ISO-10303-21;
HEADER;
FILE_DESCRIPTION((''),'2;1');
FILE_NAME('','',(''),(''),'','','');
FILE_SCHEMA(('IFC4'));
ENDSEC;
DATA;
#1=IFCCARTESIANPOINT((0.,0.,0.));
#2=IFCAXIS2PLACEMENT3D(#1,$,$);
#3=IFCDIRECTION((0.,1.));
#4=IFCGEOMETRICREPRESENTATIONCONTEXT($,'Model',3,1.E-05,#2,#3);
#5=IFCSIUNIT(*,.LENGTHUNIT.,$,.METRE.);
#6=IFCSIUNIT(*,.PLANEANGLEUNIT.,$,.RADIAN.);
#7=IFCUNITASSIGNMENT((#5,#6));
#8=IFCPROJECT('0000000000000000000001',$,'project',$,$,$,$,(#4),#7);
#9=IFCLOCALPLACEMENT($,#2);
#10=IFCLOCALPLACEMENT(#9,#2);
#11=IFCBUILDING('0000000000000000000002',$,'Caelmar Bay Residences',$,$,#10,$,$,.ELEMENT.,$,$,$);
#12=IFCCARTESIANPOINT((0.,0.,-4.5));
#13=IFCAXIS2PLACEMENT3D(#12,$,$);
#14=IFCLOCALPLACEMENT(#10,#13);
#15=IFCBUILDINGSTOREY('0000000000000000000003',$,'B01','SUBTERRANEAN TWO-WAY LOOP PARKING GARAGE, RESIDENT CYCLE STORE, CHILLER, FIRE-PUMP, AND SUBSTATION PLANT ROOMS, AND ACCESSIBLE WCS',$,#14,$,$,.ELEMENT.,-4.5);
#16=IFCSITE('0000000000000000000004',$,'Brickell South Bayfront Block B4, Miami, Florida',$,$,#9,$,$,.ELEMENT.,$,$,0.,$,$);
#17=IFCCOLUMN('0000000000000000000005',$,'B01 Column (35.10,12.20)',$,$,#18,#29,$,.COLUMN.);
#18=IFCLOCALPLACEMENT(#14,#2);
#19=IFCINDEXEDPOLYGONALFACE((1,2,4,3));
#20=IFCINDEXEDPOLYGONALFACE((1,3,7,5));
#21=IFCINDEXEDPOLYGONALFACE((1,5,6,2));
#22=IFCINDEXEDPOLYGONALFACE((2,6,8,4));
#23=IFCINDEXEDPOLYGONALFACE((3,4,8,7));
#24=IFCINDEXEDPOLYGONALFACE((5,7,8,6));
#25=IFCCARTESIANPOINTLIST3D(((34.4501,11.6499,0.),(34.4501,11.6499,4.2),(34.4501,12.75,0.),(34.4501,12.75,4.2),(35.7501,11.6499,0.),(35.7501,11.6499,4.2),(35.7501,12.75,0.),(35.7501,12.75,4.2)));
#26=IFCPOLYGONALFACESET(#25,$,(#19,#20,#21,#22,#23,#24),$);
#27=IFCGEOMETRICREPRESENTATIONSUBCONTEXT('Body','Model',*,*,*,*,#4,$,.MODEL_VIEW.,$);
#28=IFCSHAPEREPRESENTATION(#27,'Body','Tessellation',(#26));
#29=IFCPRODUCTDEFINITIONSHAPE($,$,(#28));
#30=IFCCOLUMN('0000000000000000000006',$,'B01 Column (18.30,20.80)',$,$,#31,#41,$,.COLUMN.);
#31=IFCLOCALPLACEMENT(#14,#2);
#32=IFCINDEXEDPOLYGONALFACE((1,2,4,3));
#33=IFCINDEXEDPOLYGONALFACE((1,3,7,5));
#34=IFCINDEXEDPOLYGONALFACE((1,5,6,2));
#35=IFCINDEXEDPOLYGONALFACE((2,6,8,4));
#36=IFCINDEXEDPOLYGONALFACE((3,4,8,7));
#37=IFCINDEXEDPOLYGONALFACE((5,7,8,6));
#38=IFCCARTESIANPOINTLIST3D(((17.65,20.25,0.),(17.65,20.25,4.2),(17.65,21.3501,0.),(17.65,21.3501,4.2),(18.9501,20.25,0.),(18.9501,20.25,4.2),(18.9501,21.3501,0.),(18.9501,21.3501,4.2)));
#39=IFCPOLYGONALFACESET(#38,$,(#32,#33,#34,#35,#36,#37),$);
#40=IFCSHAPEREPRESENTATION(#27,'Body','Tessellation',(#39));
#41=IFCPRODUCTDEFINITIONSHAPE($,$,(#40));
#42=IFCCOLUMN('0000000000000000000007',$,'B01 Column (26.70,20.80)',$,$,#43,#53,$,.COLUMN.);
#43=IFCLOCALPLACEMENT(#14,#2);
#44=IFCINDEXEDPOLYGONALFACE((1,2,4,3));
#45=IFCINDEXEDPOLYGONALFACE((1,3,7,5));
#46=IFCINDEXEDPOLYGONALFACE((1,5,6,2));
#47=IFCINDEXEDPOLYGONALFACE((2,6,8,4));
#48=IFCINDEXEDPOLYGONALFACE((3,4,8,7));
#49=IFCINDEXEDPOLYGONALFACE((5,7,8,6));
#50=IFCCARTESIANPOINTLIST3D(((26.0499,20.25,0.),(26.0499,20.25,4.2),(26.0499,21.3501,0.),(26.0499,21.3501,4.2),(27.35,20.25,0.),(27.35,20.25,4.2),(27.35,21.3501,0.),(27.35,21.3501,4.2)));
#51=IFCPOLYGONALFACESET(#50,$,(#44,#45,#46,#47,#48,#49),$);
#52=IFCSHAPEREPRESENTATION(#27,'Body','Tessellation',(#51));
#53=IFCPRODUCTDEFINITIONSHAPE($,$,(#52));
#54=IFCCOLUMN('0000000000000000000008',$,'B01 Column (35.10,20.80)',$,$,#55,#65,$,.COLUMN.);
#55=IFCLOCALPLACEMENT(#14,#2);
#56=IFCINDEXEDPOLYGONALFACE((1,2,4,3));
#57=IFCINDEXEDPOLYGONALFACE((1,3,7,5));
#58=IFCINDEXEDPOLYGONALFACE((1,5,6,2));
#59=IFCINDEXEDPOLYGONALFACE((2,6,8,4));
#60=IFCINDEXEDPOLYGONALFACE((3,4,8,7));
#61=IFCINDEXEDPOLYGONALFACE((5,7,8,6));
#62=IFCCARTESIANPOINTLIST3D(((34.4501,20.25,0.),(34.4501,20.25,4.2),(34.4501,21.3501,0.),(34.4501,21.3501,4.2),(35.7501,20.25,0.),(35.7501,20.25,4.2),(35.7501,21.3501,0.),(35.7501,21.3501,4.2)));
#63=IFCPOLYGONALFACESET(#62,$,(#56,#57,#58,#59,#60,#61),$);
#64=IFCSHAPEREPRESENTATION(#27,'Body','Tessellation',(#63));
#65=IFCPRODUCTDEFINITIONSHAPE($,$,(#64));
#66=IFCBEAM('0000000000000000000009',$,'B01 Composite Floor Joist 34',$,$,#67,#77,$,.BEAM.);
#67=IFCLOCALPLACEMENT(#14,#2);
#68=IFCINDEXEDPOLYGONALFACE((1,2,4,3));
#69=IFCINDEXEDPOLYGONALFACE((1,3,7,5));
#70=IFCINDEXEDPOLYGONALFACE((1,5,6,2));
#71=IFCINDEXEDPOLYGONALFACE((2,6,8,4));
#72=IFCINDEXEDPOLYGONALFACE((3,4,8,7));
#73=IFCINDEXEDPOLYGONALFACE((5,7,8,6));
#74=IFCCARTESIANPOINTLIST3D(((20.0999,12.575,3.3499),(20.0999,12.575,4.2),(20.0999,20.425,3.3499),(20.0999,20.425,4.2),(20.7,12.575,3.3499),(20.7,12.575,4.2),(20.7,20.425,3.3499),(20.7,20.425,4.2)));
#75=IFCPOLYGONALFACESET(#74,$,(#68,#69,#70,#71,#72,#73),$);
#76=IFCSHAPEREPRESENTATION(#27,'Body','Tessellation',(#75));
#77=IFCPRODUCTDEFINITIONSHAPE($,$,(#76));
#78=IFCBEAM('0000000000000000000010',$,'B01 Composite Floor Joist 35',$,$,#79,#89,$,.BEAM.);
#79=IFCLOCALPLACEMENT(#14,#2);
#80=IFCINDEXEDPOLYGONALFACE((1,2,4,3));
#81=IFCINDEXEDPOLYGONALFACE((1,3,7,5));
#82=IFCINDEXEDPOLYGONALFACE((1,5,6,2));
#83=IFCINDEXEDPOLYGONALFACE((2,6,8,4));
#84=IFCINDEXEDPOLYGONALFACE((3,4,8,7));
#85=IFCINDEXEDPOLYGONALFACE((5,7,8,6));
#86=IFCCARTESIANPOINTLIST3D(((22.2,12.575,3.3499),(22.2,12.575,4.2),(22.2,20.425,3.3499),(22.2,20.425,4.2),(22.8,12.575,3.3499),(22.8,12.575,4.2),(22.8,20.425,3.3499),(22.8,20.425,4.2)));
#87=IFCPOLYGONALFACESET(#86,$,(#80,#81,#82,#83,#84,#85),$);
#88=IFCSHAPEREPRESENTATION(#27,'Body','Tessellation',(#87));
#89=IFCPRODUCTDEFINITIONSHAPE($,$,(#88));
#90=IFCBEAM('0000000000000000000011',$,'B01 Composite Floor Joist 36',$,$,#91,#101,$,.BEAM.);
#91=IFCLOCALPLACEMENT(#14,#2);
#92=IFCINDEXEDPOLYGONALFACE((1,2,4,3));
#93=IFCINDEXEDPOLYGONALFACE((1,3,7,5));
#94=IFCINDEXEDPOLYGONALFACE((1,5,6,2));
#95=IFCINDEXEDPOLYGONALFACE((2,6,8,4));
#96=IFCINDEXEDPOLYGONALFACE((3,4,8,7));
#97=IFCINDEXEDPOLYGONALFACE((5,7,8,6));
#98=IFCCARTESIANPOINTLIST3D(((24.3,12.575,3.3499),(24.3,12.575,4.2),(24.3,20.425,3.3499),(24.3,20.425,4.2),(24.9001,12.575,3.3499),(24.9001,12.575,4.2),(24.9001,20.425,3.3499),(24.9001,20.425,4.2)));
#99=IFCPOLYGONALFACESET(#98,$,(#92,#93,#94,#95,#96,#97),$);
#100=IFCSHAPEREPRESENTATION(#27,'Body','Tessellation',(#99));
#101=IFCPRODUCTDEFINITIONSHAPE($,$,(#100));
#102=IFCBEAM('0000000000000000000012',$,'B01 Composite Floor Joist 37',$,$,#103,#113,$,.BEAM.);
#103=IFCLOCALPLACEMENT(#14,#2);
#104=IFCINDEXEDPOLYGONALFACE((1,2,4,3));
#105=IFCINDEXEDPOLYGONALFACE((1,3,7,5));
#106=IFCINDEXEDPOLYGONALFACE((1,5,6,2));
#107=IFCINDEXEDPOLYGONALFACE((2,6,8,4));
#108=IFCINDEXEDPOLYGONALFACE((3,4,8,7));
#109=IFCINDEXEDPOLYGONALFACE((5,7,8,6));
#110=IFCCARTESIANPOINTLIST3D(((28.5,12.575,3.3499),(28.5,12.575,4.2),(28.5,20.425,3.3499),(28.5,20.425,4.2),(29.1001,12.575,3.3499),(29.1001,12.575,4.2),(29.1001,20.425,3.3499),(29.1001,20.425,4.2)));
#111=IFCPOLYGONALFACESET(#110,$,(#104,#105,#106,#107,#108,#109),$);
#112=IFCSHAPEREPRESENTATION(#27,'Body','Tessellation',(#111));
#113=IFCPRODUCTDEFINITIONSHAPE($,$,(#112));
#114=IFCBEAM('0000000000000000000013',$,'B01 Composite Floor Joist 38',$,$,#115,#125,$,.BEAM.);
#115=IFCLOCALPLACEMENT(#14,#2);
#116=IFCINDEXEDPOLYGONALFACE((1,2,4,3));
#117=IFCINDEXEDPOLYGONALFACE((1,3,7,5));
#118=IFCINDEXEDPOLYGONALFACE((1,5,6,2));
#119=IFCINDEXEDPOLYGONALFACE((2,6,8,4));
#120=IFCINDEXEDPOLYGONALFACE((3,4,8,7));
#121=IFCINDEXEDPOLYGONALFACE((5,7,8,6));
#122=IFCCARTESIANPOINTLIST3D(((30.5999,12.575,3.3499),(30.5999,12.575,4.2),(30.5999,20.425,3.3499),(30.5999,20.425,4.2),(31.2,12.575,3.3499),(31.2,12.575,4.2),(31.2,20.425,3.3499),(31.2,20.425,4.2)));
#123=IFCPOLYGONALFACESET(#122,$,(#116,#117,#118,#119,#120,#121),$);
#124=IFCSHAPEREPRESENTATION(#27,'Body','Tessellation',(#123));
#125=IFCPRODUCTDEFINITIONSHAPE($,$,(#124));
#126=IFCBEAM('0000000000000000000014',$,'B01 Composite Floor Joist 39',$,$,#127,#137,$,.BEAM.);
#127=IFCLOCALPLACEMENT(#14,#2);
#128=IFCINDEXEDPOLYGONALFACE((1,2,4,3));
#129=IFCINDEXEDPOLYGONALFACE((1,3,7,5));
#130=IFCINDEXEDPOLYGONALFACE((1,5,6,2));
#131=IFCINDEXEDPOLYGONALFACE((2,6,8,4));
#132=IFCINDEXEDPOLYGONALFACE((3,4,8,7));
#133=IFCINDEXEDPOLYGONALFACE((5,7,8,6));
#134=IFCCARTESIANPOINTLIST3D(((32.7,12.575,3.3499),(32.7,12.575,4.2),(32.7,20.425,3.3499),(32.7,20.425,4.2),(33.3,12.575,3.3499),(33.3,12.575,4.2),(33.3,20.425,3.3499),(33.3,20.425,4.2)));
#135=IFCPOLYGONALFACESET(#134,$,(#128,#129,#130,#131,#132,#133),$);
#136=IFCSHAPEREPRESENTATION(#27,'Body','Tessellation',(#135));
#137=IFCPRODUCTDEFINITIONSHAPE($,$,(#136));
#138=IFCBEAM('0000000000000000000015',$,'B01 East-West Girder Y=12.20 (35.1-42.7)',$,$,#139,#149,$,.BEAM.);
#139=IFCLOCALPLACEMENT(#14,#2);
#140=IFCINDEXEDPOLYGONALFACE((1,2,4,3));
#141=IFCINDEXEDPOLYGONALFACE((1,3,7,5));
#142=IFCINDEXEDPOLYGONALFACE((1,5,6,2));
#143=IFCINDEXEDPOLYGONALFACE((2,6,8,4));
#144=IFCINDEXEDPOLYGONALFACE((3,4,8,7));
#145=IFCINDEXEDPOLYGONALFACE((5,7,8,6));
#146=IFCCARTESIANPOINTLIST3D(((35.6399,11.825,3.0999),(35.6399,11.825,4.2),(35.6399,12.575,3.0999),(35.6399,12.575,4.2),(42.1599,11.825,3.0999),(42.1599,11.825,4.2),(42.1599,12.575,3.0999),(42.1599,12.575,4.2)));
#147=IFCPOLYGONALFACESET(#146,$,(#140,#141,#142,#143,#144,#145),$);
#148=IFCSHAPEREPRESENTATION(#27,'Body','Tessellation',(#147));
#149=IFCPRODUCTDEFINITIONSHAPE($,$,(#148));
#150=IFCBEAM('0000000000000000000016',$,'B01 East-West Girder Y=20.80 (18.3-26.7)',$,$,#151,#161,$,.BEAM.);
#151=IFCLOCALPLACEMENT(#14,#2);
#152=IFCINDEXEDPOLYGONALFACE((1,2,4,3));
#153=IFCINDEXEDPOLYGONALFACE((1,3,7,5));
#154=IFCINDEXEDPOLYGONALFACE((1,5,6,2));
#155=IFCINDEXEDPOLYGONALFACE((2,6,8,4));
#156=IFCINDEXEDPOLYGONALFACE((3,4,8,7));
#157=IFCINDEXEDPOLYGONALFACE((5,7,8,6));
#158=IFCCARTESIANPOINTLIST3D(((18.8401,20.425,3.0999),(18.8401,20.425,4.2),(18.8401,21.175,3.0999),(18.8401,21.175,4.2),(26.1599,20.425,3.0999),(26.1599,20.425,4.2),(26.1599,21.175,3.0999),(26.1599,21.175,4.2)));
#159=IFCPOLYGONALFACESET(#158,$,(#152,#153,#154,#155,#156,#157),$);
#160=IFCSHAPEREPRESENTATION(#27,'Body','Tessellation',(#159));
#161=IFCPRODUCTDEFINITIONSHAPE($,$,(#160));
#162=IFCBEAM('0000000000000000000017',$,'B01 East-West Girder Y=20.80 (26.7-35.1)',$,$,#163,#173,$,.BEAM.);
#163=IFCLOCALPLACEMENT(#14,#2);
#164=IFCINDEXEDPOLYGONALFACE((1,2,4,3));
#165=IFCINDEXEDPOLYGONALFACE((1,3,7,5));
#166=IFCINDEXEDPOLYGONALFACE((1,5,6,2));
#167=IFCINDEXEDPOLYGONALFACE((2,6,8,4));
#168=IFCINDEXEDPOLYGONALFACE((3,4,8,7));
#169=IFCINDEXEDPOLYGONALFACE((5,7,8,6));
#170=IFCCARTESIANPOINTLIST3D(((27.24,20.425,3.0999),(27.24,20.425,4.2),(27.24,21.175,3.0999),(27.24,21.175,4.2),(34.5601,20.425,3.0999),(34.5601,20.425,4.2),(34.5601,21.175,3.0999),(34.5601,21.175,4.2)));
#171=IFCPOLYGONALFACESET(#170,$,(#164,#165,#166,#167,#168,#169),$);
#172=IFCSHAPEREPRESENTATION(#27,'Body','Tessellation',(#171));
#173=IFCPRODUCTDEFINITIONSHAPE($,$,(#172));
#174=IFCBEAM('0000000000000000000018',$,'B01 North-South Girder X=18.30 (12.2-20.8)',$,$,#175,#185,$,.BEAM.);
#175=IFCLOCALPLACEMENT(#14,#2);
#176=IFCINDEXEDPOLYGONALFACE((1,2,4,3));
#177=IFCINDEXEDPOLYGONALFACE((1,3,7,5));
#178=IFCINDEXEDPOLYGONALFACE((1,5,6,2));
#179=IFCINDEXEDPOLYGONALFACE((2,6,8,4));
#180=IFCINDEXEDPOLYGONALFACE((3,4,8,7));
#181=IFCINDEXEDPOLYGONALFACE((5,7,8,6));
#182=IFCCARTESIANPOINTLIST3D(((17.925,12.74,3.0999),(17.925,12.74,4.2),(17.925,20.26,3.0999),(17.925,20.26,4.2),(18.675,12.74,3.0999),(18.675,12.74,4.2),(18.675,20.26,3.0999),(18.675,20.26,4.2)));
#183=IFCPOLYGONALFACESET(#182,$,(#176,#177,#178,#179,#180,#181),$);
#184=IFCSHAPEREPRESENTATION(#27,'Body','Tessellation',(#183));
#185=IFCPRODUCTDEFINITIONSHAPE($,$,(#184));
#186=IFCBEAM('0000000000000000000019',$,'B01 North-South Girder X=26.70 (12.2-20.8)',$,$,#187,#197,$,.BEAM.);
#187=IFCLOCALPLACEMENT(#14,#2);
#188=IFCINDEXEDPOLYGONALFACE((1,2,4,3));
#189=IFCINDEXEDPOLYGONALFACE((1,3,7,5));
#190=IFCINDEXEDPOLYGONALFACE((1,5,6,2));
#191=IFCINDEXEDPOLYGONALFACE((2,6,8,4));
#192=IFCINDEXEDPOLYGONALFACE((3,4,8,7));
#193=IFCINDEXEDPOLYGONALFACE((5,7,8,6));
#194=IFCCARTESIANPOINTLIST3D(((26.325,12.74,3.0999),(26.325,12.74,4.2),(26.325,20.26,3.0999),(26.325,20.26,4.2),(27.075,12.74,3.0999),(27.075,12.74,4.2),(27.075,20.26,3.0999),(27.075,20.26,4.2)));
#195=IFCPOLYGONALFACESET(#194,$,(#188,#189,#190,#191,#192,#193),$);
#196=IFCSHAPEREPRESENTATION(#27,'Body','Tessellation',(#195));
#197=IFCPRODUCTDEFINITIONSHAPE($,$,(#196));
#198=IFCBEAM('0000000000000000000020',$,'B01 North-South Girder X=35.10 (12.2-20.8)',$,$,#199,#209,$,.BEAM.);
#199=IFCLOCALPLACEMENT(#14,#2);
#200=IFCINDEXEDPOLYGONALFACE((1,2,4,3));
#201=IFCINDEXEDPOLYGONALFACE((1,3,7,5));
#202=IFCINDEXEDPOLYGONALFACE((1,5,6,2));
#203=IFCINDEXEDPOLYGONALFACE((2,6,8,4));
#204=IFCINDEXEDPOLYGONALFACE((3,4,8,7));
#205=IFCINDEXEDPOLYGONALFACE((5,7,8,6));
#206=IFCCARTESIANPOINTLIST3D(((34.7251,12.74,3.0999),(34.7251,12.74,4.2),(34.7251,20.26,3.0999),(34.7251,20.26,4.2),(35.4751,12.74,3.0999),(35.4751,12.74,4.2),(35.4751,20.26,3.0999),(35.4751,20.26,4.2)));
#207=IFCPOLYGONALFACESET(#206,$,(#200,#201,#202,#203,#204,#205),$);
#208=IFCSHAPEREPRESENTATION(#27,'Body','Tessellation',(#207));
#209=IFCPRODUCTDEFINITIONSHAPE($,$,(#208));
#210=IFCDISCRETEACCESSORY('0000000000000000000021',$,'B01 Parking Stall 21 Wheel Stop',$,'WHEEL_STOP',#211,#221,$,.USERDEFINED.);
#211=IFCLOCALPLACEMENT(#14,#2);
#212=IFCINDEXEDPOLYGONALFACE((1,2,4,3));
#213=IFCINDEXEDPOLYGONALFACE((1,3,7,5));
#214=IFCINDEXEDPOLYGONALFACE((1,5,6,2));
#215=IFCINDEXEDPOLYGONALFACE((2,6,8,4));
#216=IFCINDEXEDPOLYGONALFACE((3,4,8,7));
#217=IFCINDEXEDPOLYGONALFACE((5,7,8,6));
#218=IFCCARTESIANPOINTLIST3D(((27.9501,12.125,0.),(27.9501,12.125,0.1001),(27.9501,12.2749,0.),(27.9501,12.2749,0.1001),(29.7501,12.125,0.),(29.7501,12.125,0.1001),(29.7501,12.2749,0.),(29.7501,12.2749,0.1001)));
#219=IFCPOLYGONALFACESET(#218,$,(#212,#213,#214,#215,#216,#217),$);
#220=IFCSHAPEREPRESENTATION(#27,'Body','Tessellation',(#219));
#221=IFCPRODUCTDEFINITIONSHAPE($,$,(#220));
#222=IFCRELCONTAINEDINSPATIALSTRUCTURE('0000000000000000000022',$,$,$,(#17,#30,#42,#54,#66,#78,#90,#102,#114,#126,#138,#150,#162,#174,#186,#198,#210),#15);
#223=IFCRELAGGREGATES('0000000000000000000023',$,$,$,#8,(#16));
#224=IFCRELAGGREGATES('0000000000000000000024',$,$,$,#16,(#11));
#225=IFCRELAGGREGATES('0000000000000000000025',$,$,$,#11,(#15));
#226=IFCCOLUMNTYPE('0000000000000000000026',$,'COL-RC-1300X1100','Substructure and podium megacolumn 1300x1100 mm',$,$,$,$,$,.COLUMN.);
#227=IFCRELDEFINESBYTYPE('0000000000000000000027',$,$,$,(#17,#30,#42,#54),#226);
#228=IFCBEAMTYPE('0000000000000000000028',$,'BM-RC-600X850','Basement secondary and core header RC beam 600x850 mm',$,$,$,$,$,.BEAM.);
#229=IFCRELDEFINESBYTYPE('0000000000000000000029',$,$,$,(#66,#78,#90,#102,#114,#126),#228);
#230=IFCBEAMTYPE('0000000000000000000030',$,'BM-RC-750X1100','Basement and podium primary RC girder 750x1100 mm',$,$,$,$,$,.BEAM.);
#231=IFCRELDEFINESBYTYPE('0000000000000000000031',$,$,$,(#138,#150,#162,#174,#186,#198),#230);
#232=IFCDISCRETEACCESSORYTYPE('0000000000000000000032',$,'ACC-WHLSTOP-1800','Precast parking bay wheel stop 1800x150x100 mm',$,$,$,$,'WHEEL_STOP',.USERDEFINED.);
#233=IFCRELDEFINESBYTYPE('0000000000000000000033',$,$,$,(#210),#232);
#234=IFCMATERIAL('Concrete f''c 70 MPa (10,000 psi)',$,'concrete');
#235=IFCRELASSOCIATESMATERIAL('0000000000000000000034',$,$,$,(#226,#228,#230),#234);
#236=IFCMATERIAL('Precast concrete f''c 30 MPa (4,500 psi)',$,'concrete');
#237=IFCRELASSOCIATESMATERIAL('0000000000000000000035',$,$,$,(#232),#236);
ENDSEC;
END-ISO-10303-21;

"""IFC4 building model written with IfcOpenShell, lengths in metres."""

from ifc_helpers import new_model, si_unit, direction, frame, origin, origin_2d, place, context, subcontext, project, spatial, rectangle, extrude, material, material_profile, profile_set, type_object, element, save


model = new_model("IFC4")

# Units and contexts
model_context = context("Model", 3, precision=1e-05, world=origin(), true_north=direction((0.0, 1.0)))
body_context = subcontext(model_context, "Body", "Model", "MODEL_VIEW")
ifc_project = project(units=[si_unit("LENGTHUNIT", "METRE"), si_unit("PLANEANGLEUNIT", "RADIAN")], contexts=[model_context])

# Site, building, storey
site_placement = place(None, origin())
site = spatial("IfcSite", under=ifc_project, at=site_placement, Name="Brickell South Bayfront Block B4, Miami, Florida", CompositionType="ELEMENT", RefElevation=0.0)
building_placement = place(site_placement, origin())
building = spatial("IfcBuilding", under=site, at=building_placement, Name="Caelmar Bay Residences", CompositionType="ELEMENT")
storey_placement = place(building_placement, frame((0.0, 0.0, -4.5)))
storey = spatial("IfcBuildingStorey", under=building, at=storey_placement, Name="B01", Description="SUBTERRANEAN TWO-WAY LOOP PARKING GARAGE, RESIDENT CYCLE STORE, CHILLER, FIRE-PUMP, AND SUBSTATION PLANT ROOMS, AND ACCESSIBLE WCS", CompositionType="ELEMENT", Elevation=-4.5)

# Columns
ifc_material_1 = material(Name="Concrete f'c 70 MPa (10,000 psi)", Category="concrete")
ifc_material_profile_1 = material_profile(ifc_material_1, rectangle(XDim=1.3, YDim=1.1001, at=origin_2d()), Name="RC-COL-1300X1100")
ifc_profile_set_1 = profile_set([ifc_material_profile_1], Name="Concrete f'c 70 MPa (10,000 psi)")
column_type = type_object("IfcColumnType", Name="COL-RC-1300X1100", Description="Substructure and podium megacolumn 1300x1100 mm", PredefinedType="COLUMN", material=ifc_profile_set_1)
for number, where, z_axis, x_axis, name in (
    (1, (35.1001, 12.2, 0.0), (0.0, 0.0, 1.0), (1.0, 0.0, 0.0), "B01 Column (35.10,12.20)"),
    (2, (18.3, 20.8, 0.0), (0.0, 0.0, 1.0), (1.0, 0.0, 0.0), "B01 Column (18.30,20.80)"),
    (3, (26.7, 20.8, 0.0), (0.0, 0.0, 1.0), (1.0, 0.0, 0.0), "B01 Column (26.70,20.80)"),
    (4, (35.1001, 20.8, 0.0), (0.0, 0.0, 1.0), (1.0, 0.0, 0.0), "B01 Column (35.10,20.80)"),
):
    element("IfcColumn", number, at=place(storey_placement, frame(where, z_axis=z_axis, x_axis=x_axis)), inside=storey, type_object=column_type, Name=name, PredefinedType="COLUMN", context=body_context, shape_type="SweptSolid", body=[
        extrude(rectangle(XDim=1.3, YDim=1.1001, at=origin_2d()), origin(), (0.0, 0.0, 1.0), 4.2),
    ])

# Beams
ifc_material_profile_2 = material_profile(ifc_material_1, rectangle(XDim=0.6001, YDim=0.8501, at=origin_2d()), Name="RC-BM-600X850")
ifc_profile_set_2 = profile_set([ifc_material_profile_2], Name="Concrete f'c 70 MPa (10,000 psi)")
beam_type_1 = type_object("IfcBeamType", Name="BM-RC-600X850", Description="Basement secondary and core header RC beam 600x850 mm", PredefinedType="BEAM", material=ifc_profile_set_2)
for number, where, z_axis, x_axis, name in (
    (5, (20.3999, 12.575, 3.7749), (0.0, 1.0, 0.0), (-1.0, 0.0, 0.0), "B01 Composite Floor Joist 34"),
    (6, (22.5, 12.575, 3.7749), (0.0, 1.0, 0.0), (-1.0, 0.0, 0.0), "B01 Composite Floor Joist 35"),
    (7, (24.6001, 12.575, 3.7749), (0.0, 1.0, 0.0), (-1.0, 0.0, 0.0), "B01 Composite Floor Joist 36"),
    (8, (28.8, 12.575, 3.7749), (0.0, 1.0, 0.0), (-1.0, 0.0, 0.0), "B01 Composite Floor Joist 37"),
    (9, (30.8999, 12.575, 3.7749), (0.0, 1.0, 0.0), (-1.0, 0.0, 0.0), "B01 Composite Floor Joist 38"),
    (10, (33.0, 12.575, 3.7749), (0.0, 1.0, 0.0), (-1.0, 0.0, 0.0), "B01 Composite Floor Joist 39"),
):
    element("IfcBeam", number, at=place(storey_placement, frame(where, z_axis=z_axis, x_axis=x_axis)), inside=storey, type_object=beam_type_1, Name=name, PredefinedType="BEAM", context=body_context, shape_type="SweptSolid", body=[
        extrude(rectangle(XDim=0.6001, YDim=0.8501, at=origin_2d()), origin(), (0.0, 0.0, 1.0), 7.8501),
    ])
ifc_material_profile_3 = material_profile(ifc_material_1, rectangle(XDim=0.75, YDim=1.1001, at=origin_2d()), Name="RC-BM-750X1100")
ifc_profile_set_3 = profile_set([ifc_material_profile_3], Name="Concrete f'c 70 MPa (10,000 psi)")
beam_type_2 = type_object("IfcBeamType", Name="BM-RC-750X1100", Description="Basement and podium primary RC girder 750x1100 mm", PredefinedType="BEAM", material=ifc_profile_set_3)
beam_1_placement = place(storey_placement, frame((35.6399, 12.2, 3.6499), z_axis=(1.0, 0.0, 0.0), x_axis=(0.0, 1.0, 0.0)))
element("IfcBeam", 11, at=beam_1_placement, inside=storey, type_object=beam_type_2, Name="B01 East-West Girder Y=12.20 (35.1-42.7)", PredefinedType="BEAM", context=body_context, shape_type="SweptSolid", body=[
    extrude(rectangle(XDim=0.75, YDim=1.1001, at=origin_2d()), origin(), (0.0, 0.0, 1.0), 6.52),
])
beam_2_placement = place(storey_placement, frame((18.8401, 20.8, 3.6499), z_axis=(1.0, 0.0, 0.0), x_axis=(0.0, 1.0, 0.0)))
element("IfcBeam", 12, at=beam_2_placement, inside=storey, type_object=beam_type_2, Name="B01 East-West Girder Y=20.80 (18.3-26.7)", PredefinedType="BEAM", context=body_context, shape_type="SweptSolid", body=[
    extrude(rectangle(XDim=0.75, YDim=1.1001, at=origin_2d()), origin(), (0.0, 0.0, 1.0), 7.3198),
])
beam_3_placement = place(storey_placement, frame((27.24, 20.8, 3.6499), z_axis=(1.0, 0.0, 0.0), x_axis=(0.0, 1.0, 0.0)))
element("IfcBeam", 13, at=beam_3_placement, inside=storey, type_object=beam_type_2, Name="B01 East-West Girder Y=20.80 (26.7-35.1)", PredefinedType="BEAM", context=body_context, shape_type="SweptSolid", body=[
    extrude(rectangle(XDim=0.75, YDim=1.1001, at=origin_2d()), origin(), (0.0, 0.0, 1.0), 7.3201),
])
for number, where, z_axis, x_axis, name in (
    (14, (18.3, 12.74, 3.6499), (0.0, 1.0, 0.0), (-1.0, 0.0, 0.0), "B01 North-South Girder X=18.30 (12.2-20.8)"),
    (15, (26.7, 12.74, 3.6499), (0.0, 1.0, 0.0), (-1.0, 0.0, 0.0), "B01 North-South Girder X=26.70 (12.2-20.8)"),
    (16, (35.1001, 12.74, 3.6499), (0.0, 1.0, 0.0), (-1.0, 0.0, 0.0), "B01 North-South Girder X=35.10 (12.2-20.8)"),
):
    element("IfcBeam", number, at=place(storey_placement, frame(where, z_axis=z_axis, x_axis=x_axis)), inside=storey, type_object=beam_type_2, Name=name, PredefinedType="BEAM", context=body_context, shape_type="SweptSolid", body=[
        extrude(rectangle(XDim=0.75, YDim=1.1001, at=origin_2d()), origin(), (0.0, 0.0, 1.0), 7.52),
    ])

# Discrete accessory
ifc_material_2 = material(Name="Precast concrete f'c 30 MPa (4,500 psi)", Category="concrete")
discrete_accessory_type = type_object("IfcDiscreteAccessoryType", Name="ACC-WHLSTOP-1800", Description="Precast parking bay wheel stop 1800x150x100 mm", ElementType="WHEEL_STOP", PredefinedType="USERDEFINED", material=ifc_material_2)
for number, where, z_axis, x_axis, name in (
    (17, (28.8501, 12.2, 0.0), (0.0, 0.0, 1.0), (1.0, 0.0, 0.0), "B01 Parking Stall 21 Wheel Stop"),
):
    element("IfcDiscreteAccessory", number, at=place(storey_placement, frame(where, z_axis=z_axis, x_axis=x_axis)), inside=storey, type_object=discrete_accessory_type, Name=name, ObjectType="WHEEL_STOP", PredefinedType="USERDEFINED", context=body_context, shape_type="SweptSolid", body=[
        extrude(rectangle(XDim=1.8, YDim=0.1499, at=origin_2d()), origin(), (0.0, 0.0, 1.0), 0.1001),
    ])

save(model, "model.ifc")
